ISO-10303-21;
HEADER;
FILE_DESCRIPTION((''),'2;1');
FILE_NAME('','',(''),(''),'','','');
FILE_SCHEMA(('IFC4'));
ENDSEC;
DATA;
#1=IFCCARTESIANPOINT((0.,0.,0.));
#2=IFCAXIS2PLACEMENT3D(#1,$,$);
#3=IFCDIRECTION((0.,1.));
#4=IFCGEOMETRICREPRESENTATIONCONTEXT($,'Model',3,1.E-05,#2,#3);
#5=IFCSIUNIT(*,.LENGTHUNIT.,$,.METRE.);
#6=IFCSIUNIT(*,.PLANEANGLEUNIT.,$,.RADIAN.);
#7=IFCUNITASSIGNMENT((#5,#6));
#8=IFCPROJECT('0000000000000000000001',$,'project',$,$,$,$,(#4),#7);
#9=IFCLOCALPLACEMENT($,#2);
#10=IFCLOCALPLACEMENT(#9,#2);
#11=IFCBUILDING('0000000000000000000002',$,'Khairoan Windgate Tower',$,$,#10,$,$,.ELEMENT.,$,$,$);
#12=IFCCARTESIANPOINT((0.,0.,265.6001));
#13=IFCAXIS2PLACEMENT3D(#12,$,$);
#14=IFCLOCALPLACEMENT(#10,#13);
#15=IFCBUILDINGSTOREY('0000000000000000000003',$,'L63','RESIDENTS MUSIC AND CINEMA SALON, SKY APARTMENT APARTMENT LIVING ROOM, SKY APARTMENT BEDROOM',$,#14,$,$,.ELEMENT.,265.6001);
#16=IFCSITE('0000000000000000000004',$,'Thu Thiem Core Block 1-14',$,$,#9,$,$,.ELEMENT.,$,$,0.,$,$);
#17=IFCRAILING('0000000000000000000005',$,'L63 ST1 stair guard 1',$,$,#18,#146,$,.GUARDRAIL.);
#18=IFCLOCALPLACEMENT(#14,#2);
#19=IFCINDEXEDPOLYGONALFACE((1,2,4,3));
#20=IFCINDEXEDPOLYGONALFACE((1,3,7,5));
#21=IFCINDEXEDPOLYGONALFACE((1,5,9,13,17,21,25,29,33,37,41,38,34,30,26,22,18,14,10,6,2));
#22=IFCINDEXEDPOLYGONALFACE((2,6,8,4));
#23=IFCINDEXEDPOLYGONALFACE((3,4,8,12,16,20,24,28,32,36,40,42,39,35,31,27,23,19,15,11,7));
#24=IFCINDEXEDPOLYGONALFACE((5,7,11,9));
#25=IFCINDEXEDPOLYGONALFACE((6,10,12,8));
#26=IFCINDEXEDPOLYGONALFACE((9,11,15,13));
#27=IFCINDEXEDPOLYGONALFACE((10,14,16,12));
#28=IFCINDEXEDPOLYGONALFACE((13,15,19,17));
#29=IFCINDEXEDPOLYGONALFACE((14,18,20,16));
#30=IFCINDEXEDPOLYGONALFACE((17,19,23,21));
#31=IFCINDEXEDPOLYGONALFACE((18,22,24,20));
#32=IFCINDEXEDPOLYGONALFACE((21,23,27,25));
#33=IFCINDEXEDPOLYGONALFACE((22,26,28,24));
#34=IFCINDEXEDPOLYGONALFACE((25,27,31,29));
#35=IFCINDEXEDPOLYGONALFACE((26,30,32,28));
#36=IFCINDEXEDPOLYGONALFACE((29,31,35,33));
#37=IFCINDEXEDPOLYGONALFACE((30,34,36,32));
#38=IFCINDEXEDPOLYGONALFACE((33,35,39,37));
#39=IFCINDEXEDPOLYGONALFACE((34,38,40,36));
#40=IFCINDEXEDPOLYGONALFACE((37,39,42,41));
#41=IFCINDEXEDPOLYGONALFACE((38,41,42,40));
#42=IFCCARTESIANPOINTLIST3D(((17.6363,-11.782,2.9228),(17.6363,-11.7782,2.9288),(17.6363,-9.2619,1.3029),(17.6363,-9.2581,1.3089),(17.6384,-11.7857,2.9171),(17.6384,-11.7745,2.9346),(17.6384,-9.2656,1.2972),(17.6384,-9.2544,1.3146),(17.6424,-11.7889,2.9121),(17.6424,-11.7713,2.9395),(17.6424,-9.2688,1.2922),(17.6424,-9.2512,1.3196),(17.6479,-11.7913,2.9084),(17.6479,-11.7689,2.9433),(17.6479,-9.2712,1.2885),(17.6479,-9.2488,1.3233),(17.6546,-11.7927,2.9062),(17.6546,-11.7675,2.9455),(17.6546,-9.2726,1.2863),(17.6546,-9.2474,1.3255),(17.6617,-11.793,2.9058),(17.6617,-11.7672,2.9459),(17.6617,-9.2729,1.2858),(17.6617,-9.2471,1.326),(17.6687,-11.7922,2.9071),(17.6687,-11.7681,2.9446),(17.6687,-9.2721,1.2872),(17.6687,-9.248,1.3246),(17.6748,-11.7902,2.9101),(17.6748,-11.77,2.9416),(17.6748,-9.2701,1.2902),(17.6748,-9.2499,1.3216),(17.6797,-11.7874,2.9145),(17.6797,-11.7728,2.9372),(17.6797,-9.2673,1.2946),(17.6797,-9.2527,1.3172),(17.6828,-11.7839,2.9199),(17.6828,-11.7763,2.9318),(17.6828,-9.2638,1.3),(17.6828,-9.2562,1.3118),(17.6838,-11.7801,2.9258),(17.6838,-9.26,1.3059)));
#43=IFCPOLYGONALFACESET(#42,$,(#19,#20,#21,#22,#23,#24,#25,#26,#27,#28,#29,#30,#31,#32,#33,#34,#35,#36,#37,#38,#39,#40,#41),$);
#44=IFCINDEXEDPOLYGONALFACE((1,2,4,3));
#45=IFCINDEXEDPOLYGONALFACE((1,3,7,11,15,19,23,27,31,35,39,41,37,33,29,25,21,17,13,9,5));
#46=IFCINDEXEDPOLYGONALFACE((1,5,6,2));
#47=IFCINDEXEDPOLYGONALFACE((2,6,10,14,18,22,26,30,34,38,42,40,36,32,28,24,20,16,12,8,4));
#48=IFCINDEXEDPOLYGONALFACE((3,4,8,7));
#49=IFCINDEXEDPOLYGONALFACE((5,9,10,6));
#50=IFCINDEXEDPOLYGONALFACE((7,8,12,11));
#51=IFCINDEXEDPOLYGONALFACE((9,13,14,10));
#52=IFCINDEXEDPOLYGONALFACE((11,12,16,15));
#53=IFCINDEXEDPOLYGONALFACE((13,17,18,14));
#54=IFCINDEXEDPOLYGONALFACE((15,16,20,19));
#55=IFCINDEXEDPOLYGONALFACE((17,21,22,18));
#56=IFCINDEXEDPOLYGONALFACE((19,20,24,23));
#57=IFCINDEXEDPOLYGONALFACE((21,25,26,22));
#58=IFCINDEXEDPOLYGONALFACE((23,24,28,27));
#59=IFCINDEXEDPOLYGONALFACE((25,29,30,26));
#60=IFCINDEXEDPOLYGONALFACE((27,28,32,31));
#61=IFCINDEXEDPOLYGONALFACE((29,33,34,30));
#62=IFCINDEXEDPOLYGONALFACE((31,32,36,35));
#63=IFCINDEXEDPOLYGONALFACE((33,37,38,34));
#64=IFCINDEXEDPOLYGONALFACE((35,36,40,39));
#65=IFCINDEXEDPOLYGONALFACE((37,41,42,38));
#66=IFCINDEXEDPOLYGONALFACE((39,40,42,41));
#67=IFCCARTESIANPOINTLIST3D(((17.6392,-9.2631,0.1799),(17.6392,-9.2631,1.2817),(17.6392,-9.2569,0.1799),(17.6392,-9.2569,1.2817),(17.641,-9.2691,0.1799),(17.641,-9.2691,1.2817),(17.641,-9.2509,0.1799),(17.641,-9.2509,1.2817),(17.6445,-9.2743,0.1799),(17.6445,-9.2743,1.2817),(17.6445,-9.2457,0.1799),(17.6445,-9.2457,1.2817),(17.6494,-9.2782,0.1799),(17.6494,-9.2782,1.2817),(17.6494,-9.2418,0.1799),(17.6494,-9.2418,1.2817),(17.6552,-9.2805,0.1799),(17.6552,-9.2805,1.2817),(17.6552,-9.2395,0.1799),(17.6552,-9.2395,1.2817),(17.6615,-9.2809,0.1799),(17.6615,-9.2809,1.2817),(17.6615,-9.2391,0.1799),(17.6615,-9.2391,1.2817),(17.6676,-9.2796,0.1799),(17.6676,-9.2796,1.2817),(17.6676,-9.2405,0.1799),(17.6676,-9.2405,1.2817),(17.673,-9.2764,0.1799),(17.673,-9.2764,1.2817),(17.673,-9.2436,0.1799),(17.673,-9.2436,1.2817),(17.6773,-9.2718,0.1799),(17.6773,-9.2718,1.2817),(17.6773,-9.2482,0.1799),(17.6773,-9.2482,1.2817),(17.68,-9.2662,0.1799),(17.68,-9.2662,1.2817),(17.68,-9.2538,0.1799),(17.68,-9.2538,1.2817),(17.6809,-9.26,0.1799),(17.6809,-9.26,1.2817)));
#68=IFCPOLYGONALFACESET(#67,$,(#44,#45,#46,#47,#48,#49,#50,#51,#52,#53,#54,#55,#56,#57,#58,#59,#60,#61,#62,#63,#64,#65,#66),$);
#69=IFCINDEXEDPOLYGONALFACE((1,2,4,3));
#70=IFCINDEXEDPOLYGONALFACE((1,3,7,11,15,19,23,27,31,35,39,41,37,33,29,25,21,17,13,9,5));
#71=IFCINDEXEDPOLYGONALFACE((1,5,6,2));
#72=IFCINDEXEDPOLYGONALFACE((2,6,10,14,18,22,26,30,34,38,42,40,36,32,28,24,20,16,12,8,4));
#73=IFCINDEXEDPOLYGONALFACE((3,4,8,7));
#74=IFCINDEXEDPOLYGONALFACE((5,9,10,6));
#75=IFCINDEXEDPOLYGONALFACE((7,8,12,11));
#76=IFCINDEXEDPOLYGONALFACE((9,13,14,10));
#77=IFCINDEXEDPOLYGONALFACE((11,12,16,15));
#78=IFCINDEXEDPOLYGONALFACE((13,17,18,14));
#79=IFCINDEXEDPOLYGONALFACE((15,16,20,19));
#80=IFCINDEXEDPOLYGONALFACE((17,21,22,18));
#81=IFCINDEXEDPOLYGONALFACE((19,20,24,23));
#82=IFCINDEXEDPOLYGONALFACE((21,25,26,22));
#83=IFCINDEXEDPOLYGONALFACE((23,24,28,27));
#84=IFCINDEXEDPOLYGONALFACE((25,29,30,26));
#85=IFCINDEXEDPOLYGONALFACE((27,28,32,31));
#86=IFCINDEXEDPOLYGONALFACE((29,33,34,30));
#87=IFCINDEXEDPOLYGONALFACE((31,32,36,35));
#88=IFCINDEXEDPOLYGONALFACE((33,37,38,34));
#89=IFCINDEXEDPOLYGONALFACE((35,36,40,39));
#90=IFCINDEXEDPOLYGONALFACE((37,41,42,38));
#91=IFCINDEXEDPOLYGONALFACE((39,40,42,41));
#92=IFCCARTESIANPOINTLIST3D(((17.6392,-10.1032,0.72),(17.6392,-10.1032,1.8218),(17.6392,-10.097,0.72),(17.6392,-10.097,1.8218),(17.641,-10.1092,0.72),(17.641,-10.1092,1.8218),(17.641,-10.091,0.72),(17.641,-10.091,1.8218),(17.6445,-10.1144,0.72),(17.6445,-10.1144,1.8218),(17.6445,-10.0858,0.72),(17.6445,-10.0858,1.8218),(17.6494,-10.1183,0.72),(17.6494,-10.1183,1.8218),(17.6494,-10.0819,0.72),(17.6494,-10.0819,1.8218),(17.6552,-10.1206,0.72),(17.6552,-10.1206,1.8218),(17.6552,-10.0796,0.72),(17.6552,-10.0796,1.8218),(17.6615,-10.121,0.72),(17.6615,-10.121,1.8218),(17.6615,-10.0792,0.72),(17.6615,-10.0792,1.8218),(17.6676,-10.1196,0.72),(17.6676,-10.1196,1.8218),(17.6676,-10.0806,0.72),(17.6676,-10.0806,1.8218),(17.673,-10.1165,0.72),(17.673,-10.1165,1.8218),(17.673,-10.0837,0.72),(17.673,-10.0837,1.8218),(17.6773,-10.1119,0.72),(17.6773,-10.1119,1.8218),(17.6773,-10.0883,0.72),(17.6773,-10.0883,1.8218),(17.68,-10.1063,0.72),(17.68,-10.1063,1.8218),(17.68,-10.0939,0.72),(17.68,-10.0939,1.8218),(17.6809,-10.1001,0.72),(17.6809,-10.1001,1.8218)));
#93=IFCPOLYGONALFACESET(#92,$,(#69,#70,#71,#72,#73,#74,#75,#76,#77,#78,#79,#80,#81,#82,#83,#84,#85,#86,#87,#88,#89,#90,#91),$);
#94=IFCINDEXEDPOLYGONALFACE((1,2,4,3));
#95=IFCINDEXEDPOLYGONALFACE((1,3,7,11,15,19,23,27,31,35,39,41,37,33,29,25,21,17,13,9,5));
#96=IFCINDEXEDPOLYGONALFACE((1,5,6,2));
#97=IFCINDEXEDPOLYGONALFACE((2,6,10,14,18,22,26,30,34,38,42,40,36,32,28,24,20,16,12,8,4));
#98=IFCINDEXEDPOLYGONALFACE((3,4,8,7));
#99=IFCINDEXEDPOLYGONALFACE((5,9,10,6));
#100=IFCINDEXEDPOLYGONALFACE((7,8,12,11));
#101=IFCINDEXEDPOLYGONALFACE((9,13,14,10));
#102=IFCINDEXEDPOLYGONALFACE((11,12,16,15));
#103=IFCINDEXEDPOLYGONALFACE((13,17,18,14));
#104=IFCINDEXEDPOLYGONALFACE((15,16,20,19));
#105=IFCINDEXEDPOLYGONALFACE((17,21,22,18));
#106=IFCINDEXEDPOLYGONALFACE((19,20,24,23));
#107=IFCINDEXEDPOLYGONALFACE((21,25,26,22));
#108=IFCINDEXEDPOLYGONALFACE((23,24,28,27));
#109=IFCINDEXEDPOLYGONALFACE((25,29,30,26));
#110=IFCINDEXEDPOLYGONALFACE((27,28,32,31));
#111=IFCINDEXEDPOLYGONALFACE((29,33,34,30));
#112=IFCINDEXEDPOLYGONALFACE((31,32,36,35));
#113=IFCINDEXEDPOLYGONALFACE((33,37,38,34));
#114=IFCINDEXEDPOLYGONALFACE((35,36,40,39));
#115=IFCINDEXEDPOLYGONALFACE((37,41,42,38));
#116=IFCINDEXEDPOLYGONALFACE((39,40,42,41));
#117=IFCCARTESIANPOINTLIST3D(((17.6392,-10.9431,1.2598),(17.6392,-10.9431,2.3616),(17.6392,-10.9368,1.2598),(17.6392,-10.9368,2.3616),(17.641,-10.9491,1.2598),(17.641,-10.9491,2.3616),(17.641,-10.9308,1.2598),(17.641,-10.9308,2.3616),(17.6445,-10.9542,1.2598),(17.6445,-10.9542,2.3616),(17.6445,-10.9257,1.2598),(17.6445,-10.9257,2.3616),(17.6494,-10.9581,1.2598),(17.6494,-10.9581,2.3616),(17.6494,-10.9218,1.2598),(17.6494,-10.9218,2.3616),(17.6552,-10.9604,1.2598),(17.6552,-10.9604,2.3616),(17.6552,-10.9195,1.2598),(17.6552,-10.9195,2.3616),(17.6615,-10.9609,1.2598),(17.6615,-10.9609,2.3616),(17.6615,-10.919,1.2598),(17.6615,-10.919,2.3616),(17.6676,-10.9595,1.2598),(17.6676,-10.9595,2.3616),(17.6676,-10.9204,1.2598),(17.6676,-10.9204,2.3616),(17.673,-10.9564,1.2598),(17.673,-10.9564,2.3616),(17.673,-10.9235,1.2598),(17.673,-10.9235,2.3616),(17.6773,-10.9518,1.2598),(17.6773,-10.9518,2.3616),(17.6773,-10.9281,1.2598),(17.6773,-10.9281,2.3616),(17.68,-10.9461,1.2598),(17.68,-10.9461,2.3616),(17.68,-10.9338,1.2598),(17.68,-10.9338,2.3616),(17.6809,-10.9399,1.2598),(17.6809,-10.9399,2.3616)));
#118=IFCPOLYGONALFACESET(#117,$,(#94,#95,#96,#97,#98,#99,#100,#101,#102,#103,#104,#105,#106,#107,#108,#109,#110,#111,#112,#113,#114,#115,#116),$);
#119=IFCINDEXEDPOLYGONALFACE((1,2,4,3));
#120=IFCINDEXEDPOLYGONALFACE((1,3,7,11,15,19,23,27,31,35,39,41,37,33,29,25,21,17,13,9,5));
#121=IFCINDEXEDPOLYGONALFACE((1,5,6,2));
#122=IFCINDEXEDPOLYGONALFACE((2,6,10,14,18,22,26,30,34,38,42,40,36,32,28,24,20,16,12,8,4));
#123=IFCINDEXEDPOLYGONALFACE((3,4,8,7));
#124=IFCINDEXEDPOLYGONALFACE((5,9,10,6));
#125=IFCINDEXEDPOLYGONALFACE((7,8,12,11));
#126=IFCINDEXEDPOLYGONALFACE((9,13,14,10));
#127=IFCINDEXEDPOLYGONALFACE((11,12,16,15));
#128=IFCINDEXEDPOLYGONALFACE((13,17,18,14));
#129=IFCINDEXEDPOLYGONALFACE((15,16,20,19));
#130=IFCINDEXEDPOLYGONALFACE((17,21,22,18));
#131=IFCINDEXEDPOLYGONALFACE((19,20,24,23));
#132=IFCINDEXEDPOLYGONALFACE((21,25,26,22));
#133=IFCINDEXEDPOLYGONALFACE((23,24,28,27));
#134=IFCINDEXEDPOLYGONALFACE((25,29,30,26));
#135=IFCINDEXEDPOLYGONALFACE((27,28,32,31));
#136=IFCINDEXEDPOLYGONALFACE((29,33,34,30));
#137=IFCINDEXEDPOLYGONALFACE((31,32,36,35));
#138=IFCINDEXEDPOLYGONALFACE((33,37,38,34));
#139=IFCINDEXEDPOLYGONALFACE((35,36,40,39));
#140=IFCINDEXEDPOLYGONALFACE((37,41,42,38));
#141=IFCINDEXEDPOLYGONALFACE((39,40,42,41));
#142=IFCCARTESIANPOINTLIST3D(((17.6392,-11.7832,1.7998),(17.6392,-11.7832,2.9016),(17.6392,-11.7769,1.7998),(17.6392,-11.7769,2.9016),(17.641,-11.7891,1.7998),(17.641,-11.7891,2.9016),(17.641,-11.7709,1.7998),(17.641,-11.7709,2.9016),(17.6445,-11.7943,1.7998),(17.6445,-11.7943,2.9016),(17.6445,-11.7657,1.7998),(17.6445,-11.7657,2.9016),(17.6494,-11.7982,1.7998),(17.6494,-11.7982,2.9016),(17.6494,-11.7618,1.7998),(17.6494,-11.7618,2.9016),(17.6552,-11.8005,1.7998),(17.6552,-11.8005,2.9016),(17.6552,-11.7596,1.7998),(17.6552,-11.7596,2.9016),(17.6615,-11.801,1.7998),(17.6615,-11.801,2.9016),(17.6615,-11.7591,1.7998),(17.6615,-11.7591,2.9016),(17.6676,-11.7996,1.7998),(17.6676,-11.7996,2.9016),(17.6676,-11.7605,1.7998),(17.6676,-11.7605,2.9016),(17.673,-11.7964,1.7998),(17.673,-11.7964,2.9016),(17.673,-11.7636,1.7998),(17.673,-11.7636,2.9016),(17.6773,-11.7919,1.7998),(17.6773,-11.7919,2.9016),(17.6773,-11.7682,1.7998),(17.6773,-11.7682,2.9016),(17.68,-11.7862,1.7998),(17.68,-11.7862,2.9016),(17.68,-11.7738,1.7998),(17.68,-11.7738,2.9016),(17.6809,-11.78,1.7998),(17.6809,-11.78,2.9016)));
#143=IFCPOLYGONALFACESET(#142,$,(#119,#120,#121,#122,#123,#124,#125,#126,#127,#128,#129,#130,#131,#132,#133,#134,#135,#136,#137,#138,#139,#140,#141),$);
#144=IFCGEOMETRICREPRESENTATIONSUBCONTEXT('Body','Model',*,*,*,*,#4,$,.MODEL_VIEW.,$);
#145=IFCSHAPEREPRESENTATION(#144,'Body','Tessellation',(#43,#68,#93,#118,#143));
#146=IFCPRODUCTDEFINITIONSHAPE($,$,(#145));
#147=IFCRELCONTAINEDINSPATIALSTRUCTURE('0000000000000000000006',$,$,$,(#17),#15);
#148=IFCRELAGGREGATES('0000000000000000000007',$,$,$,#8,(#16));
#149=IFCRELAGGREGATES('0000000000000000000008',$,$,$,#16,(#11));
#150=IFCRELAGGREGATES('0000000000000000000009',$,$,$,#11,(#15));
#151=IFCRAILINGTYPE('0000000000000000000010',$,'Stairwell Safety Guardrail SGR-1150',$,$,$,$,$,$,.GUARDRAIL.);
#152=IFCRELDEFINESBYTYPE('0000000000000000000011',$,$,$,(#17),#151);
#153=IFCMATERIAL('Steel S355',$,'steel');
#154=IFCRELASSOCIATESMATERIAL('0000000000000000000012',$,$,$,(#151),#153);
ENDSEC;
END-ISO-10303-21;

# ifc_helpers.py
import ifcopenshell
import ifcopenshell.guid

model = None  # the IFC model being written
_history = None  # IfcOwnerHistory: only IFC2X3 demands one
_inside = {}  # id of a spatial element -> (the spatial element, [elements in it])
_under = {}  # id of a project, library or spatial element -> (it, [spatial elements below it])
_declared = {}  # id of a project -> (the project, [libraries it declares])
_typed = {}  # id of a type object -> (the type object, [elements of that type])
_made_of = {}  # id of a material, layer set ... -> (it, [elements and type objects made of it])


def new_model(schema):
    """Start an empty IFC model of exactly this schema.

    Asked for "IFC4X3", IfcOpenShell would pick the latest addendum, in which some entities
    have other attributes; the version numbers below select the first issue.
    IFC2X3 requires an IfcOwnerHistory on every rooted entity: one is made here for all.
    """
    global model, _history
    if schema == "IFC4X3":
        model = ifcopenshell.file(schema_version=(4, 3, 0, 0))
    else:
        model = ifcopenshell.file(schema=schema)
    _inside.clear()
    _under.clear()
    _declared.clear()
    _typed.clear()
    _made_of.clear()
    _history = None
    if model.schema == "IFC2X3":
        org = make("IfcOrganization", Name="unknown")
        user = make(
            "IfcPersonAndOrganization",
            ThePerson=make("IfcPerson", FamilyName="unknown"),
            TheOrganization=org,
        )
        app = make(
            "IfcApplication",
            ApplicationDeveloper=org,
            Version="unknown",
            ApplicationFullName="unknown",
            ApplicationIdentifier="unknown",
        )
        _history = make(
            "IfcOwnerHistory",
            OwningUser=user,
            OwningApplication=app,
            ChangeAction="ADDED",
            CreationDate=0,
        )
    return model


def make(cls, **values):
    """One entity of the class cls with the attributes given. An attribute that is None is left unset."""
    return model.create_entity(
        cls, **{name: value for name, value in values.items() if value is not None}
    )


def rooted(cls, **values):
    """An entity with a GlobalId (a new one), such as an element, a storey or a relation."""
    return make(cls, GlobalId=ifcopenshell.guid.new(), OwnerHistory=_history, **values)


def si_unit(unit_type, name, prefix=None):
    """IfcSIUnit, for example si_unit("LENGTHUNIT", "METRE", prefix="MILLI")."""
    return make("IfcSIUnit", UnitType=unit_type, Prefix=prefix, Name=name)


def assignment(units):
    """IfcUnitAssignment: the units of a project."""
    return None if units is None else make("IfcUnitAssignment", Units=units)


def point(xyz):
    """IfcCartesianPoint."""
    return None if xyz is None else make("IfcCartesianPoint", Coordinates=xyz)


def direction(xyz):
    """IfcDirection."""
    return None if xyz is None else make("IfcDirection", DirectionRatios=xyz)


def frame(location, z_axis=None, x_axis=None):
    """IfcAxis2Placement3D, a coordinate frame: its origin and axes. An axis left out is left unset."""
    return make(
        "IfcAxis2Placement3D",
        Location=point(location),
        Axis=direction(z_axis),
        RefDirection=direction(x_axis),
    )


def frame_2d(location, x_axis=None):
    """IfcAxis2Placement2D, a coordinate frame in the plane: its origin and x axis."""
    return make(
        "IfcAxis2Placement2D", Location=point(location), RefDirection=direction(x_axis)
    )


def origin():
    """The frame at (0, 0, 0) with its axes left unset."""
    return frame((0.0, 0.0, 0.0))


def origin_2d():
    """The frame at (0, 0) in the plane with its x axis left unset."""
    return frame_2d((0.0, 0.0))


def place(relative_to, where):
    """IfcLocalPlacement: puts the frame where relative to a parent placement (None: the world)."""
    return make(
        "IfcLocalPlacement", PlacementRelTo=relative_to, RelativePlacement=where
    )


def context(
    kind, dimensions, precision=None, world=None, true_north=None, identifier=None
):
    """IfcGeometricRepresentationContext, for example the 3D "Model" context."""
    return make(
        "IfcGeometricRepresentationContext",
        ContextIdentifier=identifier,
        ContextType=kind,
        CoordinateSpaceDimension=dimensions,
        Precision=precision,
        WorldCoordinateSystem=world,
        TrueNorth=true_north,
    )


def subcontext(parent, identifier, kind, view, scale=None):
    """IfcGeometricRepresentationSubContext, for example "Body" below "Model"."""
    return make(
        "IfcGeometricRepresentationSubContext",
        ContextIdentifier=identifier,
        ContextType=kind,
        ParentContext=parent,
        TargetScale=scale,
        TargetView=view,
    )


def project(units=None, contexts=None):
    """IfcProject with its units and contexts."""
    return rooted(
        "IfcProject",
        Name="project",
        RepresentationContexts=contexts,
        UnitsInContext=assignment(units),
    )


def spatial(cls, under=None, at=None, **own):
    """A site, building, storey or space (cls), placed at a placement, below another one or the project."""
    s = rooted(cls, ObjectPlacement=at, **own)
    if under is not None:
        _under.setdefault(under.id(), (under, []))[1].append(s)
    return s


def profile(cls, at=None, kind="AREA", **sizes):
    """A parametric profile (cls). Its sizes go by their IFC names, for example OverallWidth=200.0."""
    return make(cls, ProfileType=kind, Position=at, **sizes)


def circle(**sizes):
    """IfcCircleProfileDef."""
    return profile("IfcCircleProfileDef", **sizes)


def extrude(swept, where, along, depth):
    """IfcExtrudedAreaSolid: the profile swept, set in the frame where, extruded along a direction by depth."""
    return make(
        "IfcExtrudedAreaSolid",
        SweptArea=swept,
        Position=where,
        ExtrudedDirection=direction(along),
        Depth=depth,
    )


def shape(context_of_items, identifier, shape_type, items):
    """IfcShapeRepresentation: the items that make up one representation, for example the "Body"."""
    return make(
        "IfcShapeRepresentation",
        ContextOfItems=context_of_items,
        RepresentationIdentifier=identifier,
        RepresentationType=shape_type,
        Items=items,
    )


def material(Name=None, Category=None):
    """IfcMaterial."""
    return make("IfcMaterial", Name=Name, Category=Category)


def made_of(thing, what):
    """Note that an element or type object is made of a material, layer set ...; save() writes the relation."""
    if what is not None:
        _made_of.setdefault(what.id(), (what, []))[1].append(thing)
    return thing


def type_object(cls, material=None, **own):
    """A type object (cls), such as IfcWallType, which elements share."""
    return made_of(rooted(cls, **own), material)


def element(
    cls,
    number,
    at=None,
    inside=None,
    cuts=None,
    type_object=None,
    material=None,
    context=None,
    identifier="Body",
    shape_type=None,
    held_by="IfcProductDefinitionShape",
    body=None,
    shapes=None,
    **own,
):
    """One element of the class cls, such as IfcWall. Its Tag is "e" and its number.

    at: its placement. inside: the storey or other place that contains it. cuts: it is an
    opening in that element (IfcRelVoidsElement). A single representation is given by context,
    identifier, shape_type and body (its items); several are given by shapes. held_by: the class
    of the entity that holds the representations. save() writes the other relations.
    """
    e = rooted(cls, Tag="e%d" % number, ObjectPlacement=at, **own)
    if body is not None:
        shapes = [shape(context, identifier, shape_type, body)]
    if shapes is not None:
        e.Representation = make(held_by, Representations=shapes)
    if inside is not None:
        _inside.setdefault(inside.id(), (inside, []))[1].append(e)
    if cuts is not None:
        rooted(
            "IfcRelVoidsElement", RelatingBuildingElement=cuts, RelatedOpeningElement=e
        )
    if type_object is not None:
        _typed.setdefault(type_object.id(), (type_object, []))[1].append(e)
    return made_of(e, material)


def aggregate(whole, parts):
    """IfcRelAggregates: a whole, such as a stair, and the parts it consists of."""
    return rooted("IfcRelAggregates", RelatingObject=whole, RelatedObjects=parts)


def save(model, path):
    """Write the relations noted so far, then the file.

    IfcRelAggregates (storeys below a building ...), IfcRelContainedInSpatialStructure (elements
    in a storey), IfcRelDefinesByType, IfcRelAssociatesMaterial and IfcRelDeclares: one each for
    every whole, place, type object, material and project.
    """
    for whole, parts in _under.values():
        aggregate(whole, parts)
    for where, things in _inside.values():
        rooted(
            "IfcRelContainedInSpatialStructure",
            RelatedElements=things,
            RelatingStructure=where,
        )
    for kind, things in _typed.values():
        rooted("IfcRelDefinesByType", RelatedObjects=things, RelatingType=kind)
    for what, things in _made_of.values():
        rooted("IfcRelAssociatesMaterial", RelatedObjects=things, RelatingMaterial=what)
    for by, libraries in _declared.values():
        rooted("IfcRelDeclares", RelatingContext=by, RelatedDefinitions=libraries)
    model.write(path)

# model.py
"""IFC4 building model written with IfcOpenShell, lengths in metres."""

from ifc_helpers import new_model, si_unit, direction, frame, origin, origin_2d, place, context, subcontext, project, spatial, circle, extrude, material, type_object, element, save


model = new_model("IFC4")

# Units and contexts
model_context = context("Model", 3, precision=1e-05, world=origin(), true_north=direction((0.0, 1.0)))
body_context = subcontext(model_context, "Body", "Model", "MODEL_VIEW")
ifc_project = project(units=[si_unit("LENGTHUNIT", "METRE"), si_unit("PLANEANGLEUNIT", "RADIAN")], contexts=[model_context])

# Site, building, storey
site_placement = place(None, origin())
site = spatial("IfcSite", under=ifc_project, at=site_placement, Name="Thu Thiem Core Block 1-14", CompositionType="ELEMENT", RefElevation=0.0)
building_placement = place(site_placement, origin())
building = spatial("IfcBuilding", under=site, at=building_placement, Name="Khairoan Windgate Tower", CompositionType="ELEMENT")
storey_placement = place(building_placement, frame((0.0, 0.0, 265.6001)))
storey = spatial("IfcBuildingStorey", under=building, at=storey_placement, Name="L63", Description="RESIDENTS MUSIC AND CINEMA SALON, SKY APARTMENT APARTMENT LIVING ROOM, SKY APARTMENT BEDROOM", CompositionType="ELEMENT", Elevation=265.6001)

# Railing
ifc_material_1 = material(Name="Steel S355", Category="steel")
railing_type_1 = type_object("IfcRailingType", Name="Stairwell Safety Guardrail SGR-1150", PredefinedType="GUARDRAIL", material=ifc_material_1)
railing_1_placement = place(storey_placement, frame((17.6599, -9.26, 0.1799)))
element("IfcRailing", 1, at=railing_1_placement, inside=storey, type_object=railing_type_1, Name="L63 ST1 stair guard 1", PredefinedType="GUARDRAIL", context=body_context, shape_type="SweptSolid", body=[
    extrude(circle(Radius=0.0239, at=origin_2d()), frame((0.0, 0.0, 1.126), z_axis=(0.0, -0.8412, 0.540725), x_axis=(1.0, 0.0, 0.0)), (0.0, 0.0, 1.0), 2.9958),
    extrude(circle(Radius=0.021, at=origin_2d()), origin(), (0.0, 0.0, 1.0), 1.1018),
    extrude(circle(Radius=0.021, at=origin_2d()), frame((0.0, -0.8401, 0.54)), (0.0, 0.0, 1.0), 1.1018),
    extrude(circle(Radius=0.021, at=origin_2d()), frame((0.0, -1.6799, 1.0798)), (0.0, 0.0, 1.0), 1.1018),
    extrude(circle(Radius=0.021, at=origin_2d()), frame((0.0, -2.52, 1.6199)), (0.0, 0.0, 1.0), 1.1018),
])

save(model, "model.ifc")
